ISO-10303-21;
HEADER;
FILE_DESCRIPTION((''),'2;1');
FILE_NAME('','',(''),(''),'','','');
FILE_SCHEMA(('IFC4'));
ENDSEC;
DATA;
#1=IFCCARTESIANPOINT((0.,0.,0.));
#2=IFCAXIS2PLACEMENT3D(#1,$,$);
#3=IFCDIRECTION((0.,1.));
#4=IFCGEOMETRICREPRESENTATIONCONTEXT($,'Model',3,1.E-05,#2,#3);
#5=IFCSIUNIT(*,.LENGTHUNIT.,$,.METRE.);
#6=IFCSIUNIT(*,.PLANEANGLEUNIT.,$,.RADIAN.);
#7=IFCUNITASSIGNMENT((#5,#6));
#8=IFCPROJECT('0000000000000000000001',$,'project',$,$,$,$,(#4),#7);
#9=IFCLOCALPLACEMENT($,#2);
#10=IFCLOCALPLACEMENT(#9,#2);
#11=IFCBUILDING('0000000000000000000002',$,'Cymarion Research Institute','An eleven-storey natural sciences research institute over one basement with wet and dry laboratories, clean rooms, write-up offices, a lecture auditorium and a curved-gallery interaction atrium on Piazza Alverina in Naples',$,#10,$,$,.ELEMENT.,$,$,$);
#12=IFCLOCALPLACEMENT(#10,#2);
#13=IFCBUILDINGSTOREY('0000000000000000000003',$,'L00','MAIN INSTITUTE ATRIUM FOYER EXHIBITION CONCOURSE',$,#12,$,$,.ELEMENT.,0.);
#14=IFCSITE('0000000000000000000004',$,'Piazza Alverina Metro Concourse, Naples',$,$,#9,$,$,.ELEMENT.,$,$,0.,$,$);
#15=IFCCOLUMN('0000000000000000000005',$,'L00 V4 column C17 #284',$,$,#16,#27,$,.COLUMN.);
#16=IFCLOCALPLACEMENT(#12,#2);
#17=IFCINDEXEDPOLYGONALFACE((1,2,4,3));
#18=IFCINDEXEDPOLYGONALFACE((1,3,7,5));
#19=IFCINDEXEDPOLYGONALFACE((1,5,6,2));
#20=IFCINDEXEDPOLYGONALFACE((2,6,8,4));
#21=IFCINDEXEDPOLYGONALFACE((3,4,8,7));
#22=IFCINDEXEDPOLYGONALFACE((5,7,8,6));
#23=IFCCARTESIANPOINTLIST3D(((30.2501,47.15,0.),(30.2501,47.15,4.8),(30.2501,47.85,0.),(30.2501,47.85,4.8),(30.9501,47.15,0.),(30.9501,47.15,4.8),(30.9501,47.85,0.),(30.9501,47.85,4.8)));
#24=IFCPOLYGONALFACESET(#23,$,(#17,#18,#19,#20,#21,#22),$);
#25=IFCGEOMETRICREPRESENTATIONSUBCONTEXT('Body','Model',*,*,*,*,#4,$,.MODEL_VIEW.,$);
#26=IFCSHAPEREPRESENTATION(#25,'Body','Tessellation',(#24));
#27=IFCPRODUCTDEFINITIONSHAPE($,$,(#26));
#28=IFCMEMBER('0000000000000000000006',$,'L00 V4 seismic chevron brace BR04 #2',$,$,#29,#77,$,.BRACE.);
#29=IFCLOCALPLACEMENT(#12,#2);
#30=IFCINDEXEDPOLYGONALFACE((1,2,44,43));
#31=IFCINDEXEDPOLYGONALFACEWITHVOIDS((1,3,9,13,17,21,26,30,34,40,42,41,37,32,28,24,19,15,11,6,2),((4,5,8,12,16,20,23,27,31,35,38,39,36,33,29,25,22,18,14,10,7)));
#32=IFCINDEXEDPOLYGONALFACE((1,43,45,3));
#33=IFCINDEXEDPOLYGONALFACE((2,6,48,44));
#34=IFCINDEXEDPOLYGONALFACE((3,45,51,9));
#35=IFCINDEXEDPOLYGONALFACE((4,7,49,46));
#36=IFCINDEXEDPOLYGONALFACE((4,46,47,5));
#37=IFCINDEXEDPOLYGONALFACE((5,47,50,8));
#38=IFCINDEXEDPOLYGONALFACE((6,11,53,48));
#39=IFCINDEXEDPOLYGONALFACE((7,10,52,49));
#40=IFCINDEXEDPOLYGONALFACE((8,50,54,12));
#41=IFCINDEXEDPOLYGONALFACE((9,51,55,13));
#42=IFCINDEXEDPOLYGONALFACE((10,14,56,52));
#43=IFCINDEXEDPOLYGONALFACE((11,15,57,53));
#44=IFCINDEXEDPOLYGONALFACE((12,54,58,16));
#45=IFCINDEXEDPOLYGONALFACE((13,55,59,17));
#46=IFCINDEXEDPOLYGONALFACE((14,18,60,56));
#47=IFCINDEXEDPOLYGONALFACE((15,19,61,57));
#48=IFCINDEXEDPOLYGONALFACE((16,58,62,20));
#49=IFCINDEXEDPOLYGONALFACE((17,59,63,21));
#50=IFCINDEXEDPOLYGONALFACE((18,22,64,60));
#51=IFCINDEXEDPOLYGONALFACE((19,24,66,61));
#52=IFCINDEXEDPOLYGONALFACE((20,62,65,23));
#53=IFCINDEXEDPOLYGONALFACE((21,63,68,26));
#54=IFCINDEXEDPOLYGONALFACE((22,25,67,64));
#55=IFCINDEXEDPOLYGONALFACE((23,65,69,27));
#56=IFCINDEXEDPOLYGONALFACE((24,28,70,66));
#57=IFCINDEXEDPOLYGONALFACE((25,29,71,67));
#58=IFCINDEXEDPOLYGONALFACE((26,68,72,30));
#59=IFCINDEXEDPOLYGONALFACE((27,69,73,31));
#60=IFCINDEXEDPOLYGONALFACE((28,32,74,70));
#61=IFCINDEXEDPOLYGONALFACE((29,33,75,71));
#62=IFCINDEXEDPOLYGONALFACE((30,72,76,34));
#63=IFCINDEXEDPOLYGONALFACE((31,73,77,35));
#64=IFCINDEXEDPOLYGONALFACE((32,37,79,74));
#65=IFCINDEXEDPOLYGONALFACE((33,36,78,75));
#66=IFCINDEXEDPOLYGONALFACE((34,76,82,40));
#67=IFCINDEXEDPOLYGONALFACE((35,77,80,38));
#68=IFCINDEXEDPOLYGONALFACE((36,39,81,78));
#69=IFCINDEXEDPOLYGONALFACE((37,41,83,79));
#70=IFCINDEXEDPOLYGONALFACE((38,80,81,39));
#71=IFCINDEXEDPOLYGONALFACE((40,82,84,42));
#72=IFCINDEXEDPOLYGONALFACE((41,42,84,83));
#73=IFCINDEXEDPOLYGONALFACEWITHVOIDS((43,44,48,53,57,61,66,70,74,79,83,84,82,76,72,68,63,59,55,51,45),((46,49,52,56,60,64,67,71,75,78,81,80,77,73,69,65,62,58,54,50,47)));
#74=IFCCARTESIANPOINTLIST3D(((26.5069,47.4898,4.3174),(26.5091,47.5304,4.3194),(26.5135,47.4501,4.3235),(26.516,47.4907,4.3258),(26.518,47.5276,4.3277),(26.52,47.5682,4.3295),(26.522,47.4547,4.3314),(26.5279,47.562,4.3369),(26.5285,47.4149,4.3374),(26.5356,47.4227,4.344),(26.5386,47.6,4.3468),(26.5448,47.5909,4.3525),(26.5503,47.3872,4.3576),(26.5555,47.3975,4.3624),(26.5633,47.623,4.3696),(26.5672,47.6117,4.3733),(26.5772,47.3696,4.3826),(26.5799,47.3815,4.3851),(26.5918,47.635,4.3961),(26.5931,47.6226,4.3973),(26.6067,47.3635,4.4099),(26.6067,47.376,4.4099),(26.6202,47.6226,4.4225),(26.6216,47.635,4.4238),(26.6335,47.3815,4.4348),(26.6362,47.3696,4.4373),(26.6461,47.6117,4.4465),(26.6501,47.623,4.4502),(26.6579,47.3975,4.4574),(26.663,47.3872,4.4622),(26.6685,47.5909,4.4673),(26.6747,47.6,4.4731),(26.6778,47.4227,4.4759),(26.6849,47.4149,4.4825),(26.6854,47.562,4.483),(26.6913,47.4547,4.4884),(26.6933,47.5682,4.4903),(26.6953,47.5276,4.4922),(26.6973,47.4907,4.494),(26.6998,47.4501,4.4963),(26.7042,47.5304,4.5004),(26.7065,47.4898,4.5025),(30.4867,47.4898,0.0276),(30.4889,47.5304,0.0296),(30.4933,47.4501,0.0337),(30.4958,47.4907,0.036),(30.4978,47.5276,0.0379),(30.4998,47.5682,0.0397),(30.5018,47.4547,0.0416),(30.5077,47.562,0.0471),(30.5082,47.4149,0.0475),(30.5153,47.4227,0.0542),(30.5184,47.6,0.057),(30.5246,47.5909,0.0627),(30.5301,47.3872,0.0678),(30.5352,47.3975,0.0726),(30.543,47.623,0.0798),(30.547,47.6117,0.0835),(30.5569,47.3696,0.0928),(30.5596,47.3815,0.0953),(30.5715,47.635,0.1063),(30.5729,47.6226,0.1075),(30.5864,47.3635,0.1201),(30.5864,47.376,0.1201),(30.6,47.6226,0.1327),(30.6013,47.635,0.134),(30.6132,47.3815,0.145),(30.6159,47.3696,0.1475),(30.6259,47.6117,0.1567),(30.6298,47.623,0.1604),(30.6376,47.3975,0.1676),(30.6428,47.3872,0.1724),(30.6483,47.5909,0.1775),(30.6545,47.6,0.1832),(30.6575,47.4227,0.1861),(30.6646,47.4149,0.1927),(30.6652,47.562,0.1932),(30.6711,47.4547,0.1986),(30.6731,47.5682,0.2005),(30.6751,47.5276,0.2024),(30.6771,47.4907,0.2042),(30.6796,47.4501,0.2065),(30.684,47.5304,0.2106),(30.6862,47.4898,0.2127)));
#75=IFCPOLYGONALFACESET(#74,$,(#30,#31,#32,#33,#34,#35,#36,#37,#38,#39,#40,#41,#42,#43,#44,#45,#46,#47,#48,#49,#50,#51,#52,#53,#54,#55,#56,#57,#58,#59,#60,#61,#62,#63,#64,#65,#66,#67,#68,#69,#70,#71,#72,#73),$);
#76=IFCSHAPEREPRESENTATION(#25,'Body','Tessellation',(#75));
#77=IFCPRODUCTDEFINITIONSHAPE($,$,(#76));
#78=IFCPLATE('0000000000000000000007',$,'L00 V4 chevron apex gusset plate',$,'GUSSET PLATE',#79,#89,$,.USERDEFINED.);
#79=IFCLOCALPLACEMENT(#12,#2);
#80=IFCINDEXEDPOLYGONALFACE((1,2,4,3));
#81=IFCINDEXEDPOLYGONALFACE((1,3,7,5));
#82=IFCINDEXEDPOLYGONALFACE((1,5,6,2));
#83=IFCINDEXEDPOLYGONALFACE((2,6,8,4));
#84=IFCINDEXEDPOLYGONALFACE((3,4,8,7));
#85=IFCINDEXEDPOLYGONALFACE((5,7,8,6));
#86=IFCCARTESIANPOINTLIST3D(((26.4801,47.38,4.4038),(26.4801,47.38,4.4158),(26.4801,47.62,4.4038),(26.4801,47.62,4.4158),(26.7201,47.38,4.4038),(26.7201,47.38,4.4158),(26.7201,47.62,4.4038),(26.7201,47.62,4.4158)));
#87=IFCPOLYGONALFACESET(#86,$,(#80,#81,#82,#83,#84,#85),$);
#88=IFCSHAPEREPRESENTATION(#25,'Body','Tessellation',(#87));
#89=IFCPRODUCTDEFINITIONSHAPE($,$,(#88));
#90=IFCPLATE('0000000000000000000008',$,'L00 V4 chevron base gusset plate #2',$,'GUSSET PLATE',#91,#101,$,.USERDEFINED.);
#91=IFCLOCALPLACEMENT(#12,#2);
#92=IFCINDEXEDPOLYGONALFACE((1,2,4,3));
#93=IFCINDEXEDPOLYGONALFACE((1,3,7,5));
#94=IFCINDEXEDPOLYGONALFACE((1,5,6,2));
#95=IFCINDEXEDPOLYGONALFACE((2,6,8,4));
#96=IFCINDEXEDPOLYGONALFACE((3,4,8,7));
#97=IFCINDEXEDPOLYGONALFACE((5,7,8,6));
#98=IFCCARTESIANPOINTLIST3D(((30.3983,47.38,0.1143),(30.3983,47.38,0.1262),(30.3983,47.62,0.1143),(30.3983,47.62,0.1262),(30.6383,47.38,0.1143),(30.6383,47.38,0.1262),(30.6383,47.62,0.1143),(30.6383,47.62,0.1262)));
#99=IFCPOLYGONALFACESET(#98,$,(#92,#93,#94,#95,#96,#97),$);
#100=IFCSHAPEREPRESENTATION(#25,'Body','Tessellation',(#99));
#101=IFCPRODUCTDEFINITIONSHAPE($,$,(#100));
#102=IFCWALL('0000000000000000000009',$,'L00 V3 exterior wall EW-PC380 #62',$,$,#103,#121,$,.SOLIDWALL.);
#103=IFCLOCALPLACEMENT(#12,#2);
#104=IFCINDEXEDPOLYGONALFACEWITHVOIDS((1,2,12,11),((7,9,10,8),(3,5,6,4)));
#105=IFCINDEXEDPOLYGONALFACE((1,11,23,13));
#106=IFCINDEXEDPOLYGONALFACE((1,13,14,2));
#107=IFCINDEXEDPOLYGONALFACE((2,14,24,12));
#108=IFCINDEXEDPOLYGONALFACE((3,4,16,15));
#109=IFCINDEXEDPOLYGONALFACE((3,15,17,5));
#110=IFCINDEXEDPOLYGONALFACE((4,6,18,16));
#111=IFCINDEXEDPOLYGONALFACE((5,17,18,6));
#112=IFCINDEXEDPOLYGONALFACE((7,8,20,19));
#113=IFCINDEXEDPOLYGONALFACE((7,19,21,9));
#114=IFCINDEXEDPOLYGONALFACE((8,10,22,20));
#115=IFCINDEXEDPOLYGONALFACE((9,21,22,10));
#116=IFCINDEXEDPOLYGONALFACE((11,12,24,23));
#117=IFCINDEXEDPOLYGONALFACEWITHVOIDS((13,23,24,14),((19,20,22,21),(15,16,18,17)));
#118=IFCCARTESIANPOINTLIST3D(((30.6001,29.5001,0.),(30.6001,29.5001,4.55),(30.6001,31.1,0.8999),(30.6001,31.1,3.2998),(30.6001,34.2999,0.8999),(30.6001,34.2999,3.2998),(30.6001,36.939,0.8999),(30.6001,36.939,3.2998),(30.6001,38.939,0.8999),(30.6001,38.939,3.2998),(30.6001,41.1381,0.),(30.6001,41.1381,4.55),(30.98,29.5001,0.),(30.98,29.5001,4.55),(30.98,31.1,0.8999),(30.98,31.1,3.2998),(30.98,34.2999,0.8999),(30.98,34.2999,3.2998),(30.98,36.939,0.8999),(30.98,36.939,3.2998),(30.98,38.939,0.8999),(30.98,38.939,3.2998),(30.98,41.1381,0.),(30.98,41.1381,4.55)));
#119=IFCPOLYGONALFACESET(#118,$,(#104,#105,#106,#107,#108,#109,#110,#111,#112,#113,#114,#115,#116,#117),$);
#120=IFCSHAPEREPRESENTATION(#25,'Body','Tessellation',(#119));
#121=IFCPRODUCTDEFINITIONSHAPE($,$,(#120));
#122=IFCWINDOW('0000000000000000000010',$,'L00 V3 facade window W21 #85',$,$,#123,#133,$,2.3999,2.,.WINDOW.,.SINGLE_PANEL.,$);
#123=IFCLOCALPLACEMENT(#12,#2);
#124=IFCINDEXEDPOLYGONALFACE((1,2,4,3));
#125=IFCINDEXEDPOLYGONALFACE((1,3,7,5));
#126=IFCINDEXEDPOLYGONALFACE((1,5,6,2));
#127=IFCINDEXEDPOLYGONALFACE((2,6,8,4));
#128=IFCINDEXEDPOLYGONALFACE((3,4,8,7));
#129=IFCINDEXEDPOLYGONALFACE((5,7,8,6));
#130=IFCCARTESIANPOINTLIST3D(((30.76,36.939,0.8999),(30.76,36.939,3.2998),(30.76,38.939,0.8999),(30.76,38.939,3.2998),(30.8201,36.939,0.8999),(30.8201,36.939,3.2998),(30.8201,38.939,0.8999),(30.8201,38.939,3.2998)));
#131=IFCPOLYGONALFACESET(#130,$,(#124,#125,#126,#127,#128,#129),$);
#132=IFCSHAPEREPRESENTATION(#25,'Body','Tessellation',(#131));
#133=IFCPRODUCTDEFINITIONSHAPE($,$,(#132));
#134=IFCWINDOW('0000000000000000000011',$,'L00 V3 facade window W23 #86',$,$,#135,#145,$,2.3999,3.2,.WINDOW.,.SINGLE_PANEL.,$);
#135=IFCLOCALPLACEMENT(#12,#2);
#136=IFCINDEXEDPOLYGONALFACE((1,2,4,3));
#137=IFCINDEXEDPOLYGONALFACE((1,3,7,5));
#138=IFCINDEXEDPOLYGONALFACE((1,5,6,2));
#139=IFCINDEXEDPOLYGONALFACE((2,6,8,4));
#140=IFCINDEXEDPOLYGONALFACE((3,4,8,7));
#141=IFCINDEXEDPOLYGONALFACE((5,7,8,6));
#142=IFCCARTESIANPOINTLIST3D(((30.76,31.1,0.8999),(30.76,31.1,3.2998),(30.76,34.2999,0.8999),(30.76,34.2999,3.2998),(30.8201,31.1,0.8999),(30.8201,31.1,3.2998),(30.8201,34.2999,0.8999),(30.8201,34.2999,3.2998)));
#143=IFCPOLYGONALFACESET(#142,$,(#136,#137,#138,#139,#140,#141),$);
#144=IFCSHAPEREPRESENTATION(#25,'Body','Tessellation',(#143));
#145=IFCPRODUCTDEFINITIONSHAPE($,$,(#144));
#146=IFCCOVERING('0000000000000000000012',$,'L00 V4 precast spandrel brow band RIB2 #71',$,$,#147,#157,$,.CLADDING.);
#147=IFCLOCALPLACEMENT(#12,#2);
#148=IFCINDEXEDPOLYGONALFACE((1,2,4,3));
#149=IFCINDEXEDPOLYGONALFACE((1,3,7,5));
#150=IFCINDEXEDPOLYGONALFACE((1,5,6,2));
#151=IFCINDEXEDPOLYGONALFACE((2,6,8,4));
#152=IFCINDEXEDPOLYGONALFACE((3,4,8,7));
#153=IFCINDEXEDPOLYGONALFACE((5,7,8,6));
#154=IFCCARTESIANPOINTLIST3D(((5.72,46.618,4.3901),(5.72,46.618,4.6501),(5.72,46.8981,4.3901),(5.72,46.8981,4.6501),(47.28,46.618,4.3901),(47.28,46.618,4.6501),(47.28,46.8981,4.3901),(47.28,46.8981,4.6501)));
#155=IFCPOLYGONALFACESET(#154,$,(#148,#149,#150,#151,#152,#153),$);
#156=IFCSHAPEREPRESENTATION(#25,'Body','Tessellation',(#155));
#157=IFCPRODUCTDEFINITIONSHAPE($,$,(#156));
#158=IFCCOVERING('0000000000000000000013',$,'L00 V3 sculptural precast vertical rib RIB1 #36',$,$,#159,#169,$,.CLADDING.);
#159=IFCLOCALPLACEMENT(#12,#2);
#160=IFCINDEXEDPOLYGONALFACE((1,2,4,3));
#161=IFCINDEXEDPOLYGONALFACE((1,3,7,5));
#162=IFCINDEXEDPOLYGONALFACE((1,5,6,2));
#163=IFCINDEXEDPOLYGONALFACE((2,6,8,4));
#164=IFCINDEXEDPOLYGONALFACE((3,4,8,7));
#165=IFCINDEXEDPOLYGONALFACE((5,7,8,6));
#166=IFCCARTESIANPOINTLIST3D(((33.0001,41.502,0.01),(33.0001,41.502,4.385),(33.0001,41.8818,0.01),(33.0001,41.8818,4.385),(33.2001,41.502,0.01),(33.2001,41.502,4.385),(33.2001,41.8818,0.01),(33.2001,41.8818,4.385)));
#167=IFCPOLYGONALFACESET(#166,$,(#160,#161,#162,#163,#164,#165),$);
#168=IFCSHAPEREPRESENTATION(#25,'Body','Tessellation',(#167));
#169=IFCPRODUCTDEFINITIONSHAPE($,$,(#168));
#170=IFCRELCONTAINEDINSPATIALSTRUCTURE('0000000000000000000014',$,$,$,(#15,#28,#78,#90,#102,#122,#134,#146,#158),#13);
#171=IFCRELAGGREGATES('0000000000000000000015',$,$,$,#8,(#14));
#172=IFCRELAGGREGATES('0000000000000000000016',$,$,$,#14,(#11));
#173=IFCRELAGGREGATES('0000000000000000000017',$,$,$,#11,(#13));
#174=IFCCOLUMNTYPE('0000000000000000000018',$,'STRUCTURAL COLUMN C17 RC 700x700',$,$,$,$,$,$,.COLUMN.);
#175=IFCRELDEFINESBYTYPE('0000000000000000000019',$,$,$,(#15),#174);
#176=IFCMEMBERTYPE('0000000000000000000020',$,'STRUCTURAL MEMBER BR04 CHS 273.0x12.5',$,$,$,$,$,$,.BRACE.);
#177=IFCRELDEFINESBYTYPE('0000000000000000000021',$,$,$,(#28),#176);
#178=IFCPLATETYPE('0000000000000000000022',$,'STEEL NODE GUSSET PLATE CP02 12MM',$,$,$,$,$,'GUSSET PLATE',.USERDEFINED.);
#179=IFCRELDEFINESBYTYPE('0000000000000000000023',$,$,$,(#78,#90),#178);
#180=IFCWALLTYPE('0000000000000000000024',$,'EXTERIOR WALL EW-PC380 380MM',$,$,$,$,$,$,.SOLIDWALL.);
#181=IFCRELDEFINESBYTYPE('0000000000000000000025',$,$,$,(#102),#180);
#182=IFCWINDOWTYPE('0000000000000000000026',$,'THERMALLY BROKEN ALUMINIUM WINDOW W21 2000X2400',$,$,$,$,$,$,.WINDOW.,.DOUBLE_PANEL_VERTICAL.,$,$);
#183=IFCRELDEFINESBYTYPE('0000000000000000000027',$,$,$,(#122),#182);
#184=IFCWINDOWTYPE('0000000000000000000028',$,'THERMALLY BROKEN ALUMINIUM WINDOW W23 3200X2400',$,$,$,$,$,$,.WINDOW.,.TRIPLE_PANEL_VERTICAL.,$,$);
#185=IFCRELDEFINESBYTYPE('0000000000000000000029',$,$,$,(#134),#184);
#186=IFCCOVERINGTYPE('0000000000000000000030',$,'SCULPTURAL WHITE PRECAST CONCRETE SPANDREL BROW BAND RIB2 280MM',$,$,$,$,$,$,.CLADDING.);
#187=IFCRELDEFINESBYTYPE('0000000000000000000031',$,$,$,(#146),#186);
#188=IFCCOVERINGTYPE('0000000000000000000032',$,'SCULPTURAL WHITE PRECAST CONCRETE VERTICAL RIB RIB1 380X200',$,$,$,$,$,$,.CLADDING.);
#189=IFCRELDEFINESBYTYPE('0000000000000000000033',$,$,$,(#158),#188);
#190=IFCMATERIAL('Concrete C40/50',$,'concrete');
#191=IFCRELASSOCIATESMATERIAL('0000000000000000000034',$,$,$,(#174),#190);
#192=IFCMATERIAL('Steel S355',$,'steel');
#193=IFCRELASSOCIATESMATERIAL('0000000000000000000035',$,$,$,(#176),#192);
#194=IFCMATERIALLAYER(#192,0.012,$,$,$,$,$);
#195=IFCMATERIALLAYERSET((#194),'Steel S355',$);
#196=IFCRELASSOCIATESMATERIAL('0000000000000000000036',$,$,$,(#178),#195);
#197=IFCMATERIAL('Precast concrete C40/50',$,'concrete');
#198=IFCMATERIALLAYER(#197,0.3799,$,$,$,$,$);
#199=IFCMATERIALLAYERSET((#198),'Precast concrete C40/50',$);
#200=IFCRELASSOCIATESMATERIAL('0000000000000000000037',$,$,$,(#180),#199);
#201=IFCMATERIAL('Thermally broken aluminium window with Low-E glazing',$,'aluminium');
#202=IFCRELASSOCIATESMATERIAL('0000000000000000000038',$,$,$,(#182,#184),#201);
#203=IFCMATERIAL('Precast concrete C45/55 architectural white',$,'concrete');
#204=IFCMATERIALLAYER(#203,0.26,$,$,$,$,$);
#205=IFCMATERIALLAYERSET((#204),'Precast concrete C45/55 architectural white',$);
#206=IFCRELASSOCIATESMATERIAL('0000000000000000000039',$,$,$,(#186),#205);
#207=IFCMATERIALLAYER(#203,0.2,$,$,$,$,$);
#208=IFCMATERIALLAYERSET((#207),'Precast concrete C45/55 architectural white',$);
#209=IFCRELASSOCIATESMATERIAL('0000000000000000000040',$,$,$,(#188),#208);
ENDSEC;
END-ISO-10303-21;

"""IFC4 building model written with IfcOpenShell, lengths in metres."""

from ifc_helpers import new_model, si_unit, direction, frame, frame_2d, origin, origin_2d, place, context, subcontext, project, spatial, rectangle, hollow_circle, extrude, material, layer, layer_set, material_profile, profile_set, type_object, element, fill, save


model = new_model("IFC4")

# Units and contexts
model_context = context("Model", 3, precision=1e-05, world=origin(), true_north=direction((0.0, 1.0)))
body_context = subcontext(model_context, "Body", "Model", "MODEL_VIEW")
ifc_project = project(units=[si_unit("LENGTHUNIT", "METRE"), si_unit("PLANEANGLEUNIT", "RADIAN")], contexts=[model_context])

# Site, building, storey
site_placement = place(None, origin())
site = spatial("IfcSite", under=ifc_project, at=site_placement, Name="Piazza Alverina Metro Concourse, Naples", CompositionType="ELEMENT", RefElevation=0.0)
building_placement = place(site_placement, origin())
building = spatial("IfcBuilding", under=site, at=building_placement, Name="Cymarion Research Institute", Description="An eleven-storey natural sciences research institute over one basement with wet and dry laboratories, clean rooms, write-up offices, a lecture auditorium and a curved-gallery interaction atrium on Piazza Alverina in Naples", CompositionType="ELEMENT")
storey_placement = place(building_placement, origin())
storey = spatial("IfcBuildingStorey", under=building, at=storey_placement, Name="L00", Description="MAIN INSTITUTE ATRIUM FOYER EXHIBITION CONCOURSE", CompositionType="ELEMENT", Elevation=0.0)

# Column
ifc_material_1 = material(Name="Concrete C40/50", Category="concrete")
ifc_material_profile_1 = material_profile(ifc_material_1, rectangle(XDim=0.7, YDim=0.7, at=origin_2d()), Name="RC 700x700")
ifc_profile_set_1 = profile_set([ifc_material_profile_1], Name="Concrete C40/50")
column_type = type_object("IfcColumnType", Name="STRUCTURAL COLUMN C17 RC 700x700", PredefinedType="COLUMN", material=ifc_profile_set_1)
column_placement = place(storey_placement, frame((30.6001, 47.5, 0.0), z_axis=(0.0, 0.0, 1.0), x_axis=(1.0, 0.0, 0.0)))
element("IfcColumn", 1, at=column_placement, inside=storey, type_object=column_type, Name="L00 V4 column C17 #284", PredefinedType="COLUMN", context=body_context, shape_type="SweptSolid", body=[
    extrude(rectangle(XDim=0.7, YDim=0.7, at=origin_2d()), origin(), (0.0, 0.0, 1.0), 4.8),
])

# Member
ifc_material_2 = material(Name="Steel S355", Category="steel")
ifc_material_profile_2 = material_profile(ifc_material_2, hollow_circle(Radius=0.1365, WallThickness=0.0125, at=origin_2d()), Name="CHS 273.0x12.5")
ifc_profile_set_2 = profile_set([ifc_material_profile_2], Name="Steel S355")
member_type = type_object("IfcMemberType", Name="STRUCTURAL MEMBER BR04 CHS 273.0x12.5", PredefinedType="BRACE", material=ifc_profile_set_2)
member_placement = place(storey_placement, frame((30.5864, 47.5, 0.1201), z_axis=(-0.680117, 0.0, 0.733104), x_axis=(0.0, -1.0, 0.0)))
element("IfcMember", 2, at=member_placement, inside=storey, type_object=member_type, Name="L00 V4 seismic chevron brace BR04 #2", PredefinedType="BRACE", context=body_context, shape_type="SweptSolid", body=[
    extrude(hollow_circle(Radius=0.1365, WallThickness=0.0125, at=origin_2d()), origin(), (0.0, 0.0, 1.0), 5.8516),
])

# Plates
ifc_layer_1 = layer(ifc_material_2, 0.012)
ifc_layer_set_1 = layer_set([ifc_layer_1], Name="Steel S355")
plate_type = type_object("IfcPlateType", Name="STEEL NODE GUSSET PLATE CP02 12MM", ElementType="GUSSET PLATE", PredefinedType="USERDEFINED", material=ifc_layer_set_1)
for number, where, z_axis, x_axis, name in (
    (3, (26.6001, 47.5, 4.4038), (0.0, 0.0, 1.0), (1.0, 0.0, 0.0), "L00 V4 chevron apex gusset plate"),
    (4, (30.5183, 47.5, 0.1143), (0.0, 0.0, 1.0), (1.0, 0.0, 0.0), "L00 V4 chevron base gusset plate #2"),
):
    element("IfcPlate", number, at=place(storey_placement, frame(where, z_axis=z_axis, x_axis=x_axis)), inside=storey, type_object=plate_type, Name=name, ObjectType="GUSSET PLATE", PredefinedType="USERDEFINED", context=body_context, shape_type="SweptSolid", body=[
        extrude(rectangle(XDim=0.24, YDim=0.24, at=origin_2d()), origin(), (0.0, 0.0, 1.0), 0.012),
    ])

# Wall, openings, windows
ifc_material_3 = material(Name="Precast concrete C40/50", Category="concrete")
ifc_layer_2 = layer(ifc_material_3, 0.3799)
ifc_layer_set_2 = layer_set([ifc_layer_2], Name="Precast concrete C40/50")
wall_type_1 = type_object("IfcWallType", Name="EXTERIOR WALL EW-PC380 380MM", PredefinedType="SOLIDWALL", material=ifc_layer_set_2)
wall_1_placement = place(storey_placement, frame((30.79, 41.1379, 0.0), z_axis=(0.0, 0.0, 1.0), x_axis=(0.0, -1.0, 0.0)))
wall_1 = element("IfcWall", 5, at=wall_1_placement, inside=storey, type_object=wall_type_1, Name="L00 V3 exterior wall EW-PC380 #62", PredefinedType="SOLIDWALL", context=body_context, shape_type="SweptSolid", body=[
    extrude(rectangle(XDim=11.6379, YDim=0.3799, at=frame_2d((5.8188, 0.0))), origin(), (0.0, 0.0, 1.0), 4.55),
])
opening_1_placement = place(wall_1_placement, frame((2.199, 0.0, 0.8999)))
opening_1 = element("IfcOpeningElement", 6, at=opening_1_placement, cuts=wall_1, PredefinedType="OPENING", context=body_context, shape_type="SweptSolid", body=[
    extrude(rectangle(XDim=2.0, YDim=2.3999, at=frame_2d((1.0, 1.2))), frame((0.0, 0.2, 0.0), z_axis=(0.0, -1.0, 0.0), x_axis=(1.0, 0.0, 0.0)), (0.0, 0.0, 1.0), 0.3999),
])
opening_2_placement = place(wall_1_placement, frame((6.8379, 0.0, 0.8999)))
opening_2 = element("IfcOpeningElement", 7, at=opening_2_placement, cuts=wall_1, PredefinedType="OPENING", context=body_context, shape_type="SweptSolid", body=[
    extrude(rectangle(XDim=3.2, YDim=2.3999, at=frame_2d((1.6001, 1.2))), frame((0.0, 0.2, 0.0), z_axis=(0.0, -1.0, 0.0), x_axis=(1.0, 0.0, 0.0)), (0.0, 0.0, 1.0), 0.3999),
])
ifc_material_4 = material(Name="Thermally broken aluminium window with Low-E glazing", Category="aluminium")
window_type_1 = type_object("IfcWindowType", Name="THERMALLY BROKEN ALUMINIUM WINDOW W21 2000X2400", PartitioningType="DOUBLE_PANEL_VERTICAL", PredefinedType="WINDOW", material=ifc_material_4)
window_1_placement = place(opening_1_placement, origin())
window_1 = element("IfcWindow", 8, at=window_1_placement, inside=storey, type_object=window_type_1, Name="L00 V3 facade window W21 #85", OverallHeight=2.3999, OverallWidth=2.0, PartitioningType="SINGLE_PANEL", PredefinedType="WINDOW", context=body_context, shape_type="SweptSolid", body=[
    extrude(rectangle(XDim=2.0, YDim=2.3999, at=frame_2d((1.0, 1.2))), frame((0.0, 0.03, 0.0), z_axis=(0.0, -1.0, 0.0), x_axis=(1.0, 0.0, 0.0)), (0.0, 0.0, 1.0), 0.0601),
])
fill(opening_1, window_1)
window_type_2 = type_object("IfcWindowType", Name="THERMALLY BROKEN ALUMINIUM WINDOW W23 3200X2400", PartitioningType="TRIPLE_PANEL_VERTICAL", PredefinedType="WINDOW", material=ifc_material_4)
window_2_placement = place(opening_2_placement, origin())
window_2 = element("IfcWindow", 9, at=window_2_placement, inside=storey, type_object=window_type_2, Name="L00 V3 facade window W23 #86", OverallHeight=2.3999, OverallWidth=3.2, PartitioningType="SINGLE_PANEL", PredefinedType="WINDOW", context=body_context, shape_type="SweptSolid", body=[
    extrude(rectangle(XDim=3.2, YDim=2.3999, at=frame_2d((1.6001, 1.2))), frame((0.0, 0.03, 0.0), z_axis=(0.0, -1.0, 0.0), x_axis=(1.0, 0.0, 0.0)), (0.0, 0.0, 1.0), 0.0601),
])
fill(opening_2, window_2)

# Coverings
ifc_material_5 = material(Name="Precast concrete C45/55 architectural white", Category="concrete")
ifc_layer_3 = layer(ifc_material_5, 0.26)
ifc_layer_set_3 = layer_set([ifc_layer_3], Name="Precast concrete C45/55 architectural white")
covering_type_1 = type_object("IfcCoveringType", Name="SCULPTURAL WHITE PRECAST CONCRETE SPANDREL BROW BAND RIB2 280MM", PredefinedType="CLADDING", material=ifc_layer_set_3)
covering_placement = place(storey_placement, frame((26.5, 46.7581, 4.3901), z_axis=(0.0, 0.0, 1.0), x_axis=(0.0, -1.0, 0.0)))
element("IfcCovering", 10, at=covering_placement, inside=storey, type_object=covering_type_1, Name="L00 V4 precast spandrel brow band RIB2 #71", PredefinedType="CLADDING", context=body_context, shape_type="SweptSolid", body=[
    extrude(rectangle(XDim=0.28, YDim=41.5601, at=origin_2d()), origin(), (0.0, 0.0, 1.0), 0.26),
])
ifc_layer_4 = layer(ifc_material_5, 0.2)
ifc_layer_set_4 = layer_set([ifc_layer_4], Name="Precast concrete C45/55 architectural white")
covering_type_2 = type_object("IfcCoveringType", Name="SCULPTURAL WHITE PRECAST CONCRETE VERTICAL RIB RIB1 380X200", PredefinedType="CLADDING", material=ifc_layer_set_4)
for number, where, z_axis, x_axis, name in (
    (11, (33.1001, 41.6919, 0.01), (0.0, 0.0, 1.0), (0.0, 1.0, 0.0), "L00 V3 sculptural precast vertical rib RIB1 #36"),
):
    element("IfcCovering", number, at=place(storey_placement, frame(where, z_axis=z_axis, x_axis=x_axis)), inside=storey, type_object=covering_type_2, Name=name, PredefinedType="CLADDING", context=body_context, shape_type="SweptSolid", body=[
        extrude(rectangle(XDim=0.3799, YDim=0.2, at=origin_2d()), origin(), (0.0, 0.0, 1.0), 4.375),
    ])

save(model, "model.ifc")
